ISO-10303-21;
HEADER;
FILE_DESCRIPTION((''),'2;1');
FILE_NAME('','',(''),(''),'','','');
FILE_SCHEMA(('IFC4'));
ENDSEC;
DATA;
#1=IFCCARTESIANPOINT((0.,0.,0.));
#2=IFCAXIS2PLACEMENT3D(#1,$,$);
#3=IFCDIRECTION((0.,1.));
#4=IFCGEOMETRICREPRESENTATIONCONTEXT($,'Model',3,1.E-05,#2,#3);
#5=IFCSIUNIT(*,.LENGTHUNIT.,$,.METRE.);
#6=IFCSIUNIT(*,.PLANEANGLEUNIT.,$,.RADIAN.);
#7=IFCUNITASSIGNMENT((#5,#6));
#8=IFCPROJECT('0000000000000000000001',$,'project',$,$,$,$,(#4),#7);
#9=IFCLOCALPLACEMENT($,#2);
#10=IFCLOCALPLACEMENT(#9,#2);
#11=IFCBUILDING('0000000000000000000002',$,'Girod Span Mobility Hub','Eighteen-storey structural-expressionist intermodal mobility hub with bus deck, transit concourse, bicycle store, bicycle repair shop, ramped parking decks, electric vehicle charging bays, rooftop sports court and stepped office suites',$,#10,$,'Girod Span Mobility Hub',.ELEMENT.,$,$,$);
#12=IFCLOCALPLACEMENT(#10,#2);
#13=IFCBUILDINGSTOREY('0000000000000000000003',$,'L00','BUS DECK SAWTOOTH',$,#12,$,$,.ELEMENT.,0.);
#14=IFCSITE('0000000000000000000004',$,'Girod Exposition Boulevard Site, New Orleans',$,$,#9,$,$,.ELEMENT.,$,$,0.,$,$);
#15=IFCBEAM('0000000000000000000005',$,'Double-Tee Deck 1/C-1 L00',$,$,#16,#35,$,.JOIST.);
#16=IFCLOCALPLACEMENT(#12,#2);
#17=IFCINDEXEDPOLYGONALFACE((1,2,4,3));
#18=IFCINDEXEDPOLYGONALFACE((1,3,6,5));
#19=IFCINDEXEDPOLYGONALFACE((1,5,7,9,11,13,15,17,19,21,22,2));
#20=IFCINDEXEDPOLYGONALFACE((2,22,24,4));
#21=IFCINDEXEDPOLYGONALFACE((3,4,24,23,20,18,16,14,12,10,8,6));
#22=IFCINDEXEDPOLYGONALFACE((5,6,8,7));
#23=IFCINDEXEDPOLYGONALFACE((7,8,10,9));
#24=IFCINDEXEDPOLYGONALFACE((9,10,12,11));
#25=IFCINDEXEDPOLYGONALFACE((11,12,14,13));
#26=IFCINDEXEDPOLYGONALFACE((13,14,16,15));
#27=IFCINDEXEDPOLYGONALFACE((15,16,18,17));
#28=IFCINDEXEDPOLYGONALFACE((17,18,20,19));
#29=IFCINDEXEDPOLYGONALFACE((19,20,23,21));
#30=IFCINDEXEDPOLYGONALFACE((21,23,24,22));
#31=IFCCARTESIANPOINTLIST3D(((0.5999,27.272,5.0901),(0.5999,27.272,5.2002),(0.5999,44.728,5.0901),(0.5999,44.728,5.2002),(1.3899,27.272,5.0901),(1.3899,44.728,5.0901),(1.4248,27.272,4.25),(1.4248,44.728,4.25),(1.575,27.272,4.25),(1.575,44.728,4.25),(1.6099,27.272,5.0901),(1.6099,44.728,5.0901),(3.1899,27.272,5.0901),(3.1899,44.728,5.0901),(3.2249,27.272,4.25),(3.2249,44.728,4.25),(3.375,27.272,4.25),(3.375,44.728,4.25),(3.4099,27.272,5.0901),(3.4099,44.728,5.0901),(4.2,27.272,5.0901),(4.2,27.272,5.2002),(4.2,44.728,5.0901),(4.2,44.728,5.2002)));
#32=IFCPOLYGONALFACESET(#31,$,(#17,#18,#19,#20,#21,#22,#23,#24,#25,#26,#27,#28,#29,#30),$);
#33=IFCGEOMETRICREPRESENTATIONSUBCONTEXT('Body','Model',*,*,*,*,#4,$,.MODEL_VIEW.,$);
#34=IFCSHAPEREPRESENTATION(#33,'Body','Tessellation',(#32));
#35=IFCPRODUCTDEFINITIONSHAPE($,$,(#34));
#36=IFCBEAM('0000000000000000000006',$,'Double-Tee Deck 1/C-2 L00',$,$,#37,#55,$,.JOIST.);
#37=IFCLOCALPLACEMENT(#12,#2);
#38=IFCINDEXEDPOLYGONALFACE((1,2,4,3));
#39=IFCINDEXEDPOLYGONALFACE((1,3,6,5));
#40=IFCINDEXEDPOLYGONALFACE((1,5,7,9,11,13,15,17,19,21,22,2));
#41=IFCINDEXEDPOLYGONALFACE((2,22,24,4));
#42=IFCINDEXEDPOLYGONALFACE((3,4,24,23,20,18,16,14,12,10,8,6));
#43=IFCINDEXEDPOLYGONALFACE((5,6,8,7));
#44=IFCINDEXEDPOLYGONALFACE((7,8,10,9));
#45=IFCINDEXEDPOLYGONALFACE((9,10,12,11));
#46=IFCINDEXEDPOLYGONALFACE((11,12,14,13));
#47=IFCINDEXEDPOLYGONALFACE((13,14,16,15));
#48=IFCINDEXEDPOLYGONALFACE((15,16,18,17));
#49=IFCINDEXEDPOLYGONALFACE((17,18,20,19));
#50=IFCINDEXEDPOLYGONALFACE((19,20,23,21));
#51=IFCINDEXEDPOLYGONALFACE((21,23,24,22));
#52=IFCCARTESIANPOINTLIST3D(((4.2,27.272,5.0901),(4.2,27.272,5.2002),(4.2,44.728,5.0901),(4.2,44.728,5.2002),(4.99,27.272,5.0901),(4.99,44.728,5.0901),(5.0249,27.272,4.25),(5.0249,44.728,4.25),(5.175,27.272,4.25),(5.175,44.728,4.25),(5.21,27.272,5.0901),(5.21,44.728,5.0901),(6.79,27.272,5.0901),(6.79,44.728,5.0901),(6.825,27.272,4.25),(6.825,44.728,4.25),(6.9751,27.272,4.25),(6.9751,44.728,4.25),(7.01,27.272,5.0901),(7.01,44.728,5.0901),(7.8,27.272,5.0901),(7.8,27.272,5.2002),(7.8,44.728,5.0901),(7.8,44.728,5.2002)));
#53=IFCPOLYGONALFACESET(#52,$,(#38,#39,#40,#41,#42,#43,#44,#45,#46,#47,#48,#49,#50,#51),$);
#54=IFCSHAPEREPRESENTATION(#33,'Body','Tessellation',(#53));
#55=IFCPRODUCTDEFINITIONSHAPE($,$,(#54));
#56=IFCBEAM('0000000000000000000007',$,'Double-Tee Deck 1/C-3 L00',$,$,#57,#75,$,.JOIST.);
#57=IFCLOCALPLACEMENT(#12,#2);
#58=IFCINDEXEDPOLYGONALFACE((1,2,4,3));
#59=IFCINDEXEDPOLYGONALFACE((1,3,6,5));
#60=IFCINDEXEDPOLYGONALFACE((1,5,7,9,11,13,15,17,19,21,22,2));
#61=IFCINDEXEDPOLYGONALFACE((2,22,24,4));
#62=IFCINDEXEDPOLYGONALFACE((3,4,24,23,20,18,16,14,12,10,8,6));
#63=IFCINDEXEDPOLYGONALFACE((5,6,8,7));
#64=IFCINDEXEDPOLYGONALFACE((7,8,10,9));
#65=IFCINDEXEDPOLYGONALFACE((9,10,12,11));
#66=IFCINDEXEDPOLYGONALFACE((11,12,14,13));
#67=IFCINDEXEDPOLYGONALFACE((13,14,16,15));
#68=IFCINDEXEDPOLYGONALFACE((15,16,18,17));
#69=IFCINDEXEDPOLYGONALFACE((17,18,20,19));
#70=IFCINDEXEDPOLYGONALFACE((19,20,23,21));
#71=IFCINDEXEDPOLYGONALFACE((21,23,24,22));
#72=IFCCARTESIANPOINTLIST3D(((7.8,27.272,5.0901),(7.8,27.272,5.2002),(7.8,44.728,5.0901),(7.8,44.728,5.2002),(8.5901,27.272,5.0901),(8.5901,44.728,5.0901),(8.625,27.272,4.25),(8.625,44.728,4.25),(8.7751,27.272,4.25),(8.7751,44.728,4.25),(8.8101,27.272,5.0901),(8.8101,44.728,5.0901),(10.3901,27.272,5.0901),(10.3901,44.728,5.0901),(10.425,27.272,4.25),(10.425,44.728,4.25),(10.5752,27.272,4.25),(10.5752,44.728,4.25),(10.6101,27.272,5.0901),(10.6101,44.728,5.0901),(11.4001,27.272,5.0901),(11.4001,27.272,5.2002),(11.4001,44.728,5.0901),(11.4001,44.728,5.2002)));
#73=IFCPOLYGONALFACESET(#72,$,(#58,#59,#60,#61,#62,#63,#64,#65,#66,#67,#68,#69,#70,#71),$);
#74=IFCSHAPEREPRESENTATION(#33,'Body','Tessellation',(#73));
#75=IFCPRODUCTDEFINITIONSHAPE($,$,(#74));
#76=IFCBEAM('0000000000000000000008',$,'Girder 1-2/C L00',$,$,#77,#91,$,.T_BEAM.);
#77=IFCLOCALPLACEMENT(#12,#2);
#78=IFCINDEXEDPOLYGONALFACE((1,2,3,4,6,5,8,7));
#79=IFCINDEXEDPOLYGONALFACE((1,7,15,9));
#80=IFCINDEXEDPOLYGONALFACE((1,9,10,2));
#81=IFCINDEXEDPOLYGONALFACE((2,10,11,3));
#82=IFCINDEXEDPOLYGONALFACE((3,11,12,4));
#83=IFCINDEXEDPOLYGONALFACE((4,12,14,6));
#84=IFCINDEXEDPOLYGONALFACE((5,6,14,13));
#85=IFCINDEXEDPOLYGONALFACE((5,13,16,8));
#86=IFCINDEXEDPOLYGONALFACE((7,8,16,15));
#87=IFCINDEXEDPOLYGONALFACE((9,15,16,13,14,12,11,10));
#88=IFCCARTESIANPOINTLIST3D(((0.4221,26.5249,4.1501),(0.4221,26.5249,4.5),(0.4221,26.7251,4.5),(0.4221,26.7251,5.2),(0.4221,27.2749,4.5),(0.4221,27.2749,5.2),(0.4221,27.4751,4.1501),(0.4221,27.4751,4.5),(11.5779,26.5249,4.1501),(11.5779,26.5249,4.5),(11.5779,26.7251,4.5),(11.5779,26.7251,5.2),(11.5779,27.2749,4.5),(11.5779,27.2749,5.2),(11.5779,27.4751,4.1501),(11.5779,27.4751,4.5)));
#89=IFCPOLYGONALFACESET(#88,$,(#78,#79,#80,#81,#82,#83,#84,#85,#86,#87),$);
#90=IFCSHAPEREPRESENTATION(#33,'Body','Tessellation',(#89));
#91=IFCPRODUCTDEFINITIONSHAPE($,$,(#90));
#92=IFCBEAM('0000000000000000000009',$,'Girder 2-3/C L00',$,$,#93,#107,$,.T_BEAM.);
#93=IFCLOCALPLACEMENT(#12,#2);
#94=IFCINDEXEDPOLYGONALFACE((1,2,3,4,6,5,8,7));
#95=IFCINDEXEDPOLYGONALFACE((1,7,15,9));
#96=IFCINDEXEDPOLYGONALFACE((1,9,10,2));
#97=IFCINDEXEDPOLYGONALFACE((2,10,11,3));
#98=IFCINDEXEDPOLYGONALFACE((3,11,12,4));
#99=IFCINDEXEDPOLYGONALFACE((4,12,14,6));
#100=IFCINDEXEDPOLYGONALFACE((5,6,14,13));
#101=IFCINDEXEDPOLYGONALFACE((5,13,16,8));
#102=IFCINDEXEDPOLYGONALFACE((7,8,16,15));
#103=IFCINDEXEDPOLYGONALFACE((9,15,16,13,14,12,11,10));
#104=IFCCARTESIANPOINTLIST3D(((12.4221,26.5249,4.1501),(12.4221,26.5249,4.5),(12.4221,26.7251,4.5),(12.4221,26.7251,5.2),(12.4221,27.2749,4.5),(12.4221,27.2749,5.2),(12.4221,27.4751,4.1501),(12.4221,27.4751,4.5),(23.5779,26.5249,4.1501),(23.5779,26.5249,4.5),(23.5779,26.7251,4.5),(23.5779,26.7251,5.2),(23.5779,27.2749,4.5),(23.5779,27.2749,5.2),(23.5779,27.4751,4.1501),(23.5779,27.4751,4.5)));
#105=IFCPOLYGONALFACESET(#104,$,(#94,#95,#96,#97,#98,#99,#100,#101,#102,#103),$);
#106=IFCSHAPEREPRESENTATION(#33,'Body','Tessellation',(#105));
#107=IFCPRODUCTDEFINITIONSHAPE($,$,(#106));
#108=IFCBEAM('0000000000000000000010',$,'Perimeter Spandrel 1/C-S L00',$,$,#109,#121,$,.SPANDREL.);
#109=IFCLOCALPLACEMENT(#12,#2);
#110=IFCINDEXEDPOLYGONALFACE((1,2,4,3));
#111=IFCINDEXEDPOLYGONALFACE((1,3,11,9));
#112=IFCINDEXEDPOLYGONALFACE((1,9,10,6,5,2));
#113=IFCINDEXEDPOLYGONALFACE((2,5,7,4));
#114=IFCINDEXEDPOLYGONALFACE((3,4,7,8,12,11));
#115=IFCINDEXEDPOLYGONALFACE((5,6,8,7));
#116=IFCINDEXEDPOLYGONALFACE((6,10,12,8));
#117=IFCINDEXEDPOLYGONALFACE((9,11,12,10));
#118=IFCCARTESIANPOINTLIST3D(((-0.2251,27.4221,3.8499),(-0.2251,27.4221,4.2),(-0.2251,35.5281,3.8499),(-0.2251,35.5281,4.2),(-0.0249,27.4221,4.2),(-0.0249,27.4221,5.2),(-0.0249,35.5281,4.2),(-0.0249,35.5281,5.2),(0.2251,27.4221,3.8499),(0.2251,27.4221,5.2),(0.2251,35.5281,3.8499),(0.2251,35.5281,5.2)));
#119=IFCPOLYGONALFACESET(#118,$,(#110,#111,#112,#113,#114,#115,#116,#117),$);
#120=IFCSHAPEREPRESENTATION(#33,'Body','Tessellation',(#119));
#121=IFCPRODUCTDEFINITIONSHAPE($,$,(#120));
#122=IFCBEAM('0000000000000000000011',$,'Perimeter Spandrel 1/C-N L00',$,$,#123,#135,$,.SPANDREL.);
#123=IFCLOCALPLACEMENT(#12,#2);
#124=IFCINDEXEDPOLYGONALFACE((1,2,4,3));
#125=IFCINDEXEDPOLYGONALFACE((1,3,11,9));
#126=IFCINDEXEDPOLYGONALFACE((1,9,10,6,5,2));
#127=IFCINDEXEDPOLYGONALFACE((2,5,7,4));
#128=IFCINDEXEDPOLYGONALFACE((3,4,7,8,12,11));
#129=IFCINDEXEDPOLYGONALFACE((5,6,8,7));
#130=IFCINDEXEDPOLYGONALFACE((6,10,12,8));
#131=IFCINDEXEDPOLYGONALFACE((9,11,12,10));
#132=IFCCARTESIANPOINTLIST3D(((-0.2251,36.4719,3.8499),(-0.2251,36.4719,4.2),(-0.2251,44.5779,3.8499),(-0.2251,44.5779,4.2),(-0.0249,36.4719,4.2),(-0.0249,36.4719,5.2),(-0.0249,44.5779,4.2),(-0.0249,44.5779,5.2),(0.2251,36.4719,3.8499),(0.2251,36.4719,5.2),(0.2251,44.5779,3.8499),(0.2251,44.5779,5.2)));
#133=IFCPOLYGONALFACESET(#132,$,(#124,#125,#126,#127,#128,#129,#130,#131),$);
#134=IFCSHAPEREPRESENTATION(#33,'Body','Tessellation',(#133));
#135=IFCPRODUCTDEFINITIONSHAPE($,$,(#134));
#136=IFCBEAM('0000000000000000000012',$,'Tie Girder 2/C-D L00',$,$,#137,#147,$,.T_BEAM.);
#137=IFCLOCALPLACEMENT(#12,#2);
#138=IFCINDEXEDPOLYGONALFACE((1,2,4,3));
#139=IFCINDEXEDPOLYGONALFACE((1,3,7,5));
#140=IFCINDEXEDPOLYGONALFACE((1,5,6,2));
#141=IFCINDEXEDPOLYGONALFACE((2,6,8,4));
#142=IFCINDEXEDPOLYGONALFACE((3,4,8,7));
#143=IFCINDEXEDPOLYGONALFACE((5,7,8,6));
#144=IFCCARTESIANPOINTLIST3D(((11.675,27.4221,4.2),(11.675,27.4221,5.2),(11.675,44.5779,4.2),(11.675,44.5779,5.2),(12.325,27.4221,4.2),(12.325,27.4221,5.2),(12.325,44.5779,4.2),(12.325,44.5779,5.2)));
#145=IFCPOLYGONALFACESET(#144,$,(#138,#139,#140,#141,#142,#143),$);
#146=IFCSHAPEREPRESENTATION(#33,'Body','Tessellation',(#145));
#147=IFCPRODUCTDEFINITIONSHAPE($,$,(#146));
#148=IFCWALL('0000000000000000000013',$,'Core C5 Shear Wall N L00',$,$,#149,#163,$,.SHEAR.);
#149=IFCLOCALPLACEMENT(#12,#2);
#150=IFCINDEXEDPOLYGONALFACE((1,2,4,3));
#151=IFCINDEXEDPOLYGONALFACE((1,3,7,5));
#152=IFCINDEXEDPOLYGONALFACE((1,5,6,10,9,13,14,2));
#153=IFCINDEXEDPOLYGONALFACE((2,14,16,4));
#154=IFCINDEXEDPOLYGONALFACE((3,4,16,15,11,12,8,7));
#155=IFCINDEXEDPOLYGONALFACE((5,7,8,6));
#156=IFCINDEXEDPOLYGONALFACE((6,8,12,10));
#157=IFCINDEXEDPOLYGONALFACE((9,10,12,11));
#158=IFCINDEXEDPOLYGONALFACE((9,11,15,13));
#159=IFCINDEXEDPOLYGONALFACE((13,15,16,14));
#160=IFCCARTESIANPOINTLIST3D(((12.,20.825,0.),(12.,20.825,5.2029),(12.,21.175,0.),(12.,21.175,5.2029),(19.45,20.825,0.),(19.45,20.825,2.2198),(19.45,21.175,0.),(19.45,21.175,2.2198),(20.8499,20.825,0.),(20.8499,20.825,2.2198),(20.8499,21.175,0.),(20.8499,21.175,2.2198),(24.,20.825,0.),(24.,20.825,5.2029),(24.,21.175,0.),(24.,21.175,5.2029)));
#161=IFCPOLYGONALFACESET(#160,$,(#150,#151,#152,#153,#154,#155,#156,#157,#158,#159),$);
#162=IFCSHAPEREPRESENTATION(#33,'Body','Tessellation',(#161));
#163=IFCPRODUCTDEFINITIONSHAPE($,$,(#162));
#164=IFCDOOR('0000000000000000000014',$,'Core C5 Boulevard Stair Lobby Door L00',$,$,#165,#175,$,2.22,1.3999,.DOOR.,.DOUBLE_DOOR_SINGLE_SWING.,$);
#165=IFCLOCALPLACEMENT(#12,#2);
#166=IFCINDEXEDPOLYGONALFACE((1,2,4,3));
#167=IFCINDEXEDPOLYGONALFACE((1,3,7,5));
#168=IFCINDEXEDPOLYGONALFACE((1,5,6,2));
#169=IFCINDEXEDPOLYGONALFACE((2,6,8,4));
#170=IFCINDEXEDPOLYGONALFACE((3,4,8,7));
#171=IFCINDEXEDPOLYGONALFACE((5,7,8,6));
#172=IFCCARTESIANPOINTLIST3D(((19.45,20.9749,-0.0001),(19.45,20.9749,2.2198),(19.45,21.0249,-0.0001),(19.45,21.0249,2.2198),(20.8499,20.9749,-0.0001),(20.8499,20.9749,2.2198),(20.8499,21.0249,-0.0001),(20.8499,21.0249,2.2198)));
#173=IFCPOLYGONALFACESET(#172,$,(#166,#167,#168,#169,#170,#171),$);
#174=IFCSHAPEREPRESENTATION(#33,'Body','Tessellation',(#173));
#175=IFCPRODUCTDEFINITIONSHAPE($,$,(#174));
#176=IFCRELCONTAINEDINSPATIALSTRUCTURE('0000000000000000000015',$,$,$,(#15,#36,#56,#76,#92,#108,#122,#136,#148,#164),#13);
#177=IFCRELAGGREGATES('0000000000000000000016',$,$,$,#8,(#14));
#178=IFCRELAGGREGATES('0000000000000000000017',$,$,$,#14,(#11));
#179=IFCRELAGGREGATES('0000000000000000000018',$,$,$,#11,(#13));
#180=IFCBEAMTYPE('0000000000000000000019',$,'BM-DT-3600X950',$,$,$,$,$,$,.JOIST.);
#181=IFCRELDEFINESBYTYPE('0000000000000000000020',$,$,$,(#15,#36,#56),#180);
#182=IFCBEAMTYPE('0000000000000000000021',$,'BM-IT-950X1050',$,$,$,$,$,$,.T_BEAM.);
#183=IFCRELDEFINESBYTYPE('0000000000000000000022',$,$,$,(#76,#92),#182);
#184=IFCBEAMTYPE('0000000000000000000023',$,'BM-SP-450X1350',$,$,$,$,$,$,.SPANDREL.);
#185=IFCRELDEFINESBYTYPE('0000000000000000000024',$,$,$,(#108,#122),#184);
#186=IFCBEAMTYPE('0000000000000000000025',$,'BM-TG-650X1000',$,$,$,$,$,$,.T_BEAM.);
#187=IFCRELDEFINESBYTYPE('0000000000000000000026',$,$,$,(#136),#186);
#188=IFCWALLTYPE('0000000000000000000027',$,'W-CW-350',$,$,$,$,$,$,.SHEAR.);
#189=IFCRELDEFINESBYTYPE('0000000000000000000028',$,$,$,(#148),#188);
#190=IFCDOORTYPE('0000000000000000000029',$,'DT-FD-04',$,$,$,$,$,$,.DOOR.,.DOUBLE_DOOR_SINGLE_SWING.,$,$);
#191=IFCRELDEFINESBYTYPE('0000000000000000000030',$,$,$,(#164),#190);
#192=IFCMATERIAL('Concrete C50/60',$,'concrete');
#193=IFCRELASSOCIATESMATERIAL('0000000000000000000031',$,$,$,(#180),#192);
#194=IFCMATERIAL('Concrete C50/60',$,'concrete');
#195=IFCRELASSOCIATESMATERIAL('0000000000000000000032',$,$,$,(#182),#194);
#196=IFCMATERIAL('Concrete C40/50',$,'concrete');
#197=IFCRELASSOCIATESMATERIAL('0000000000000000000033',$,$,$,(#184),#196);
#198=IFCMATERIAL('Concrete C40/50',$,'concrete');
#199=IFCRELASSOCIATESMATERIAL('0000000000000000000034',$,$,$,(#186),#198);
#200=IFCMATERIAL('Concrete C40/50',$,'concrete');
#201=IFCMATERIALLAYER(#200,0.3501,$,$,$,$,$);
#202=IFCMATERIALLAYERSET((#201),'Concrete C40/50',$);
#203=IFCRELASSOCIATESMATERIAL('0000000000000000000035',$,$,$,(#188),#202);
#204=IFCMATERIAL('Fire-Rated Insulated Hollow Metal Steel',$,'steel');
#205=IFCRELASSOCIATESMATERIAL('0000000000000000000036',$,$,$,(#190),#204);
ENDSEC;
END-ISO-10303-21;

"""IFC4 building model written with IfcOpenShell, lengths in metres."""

from ifc_helpers import new_model, si_unit, direction, frame, frame_2d, origin, origin_2d, place, context, subcontext, project, spatial, polyline, rectangle, outline, extrude, material, layer, layer_set, material_profile, profile_set, type_object, element, fill, save


model = new_model("IFC4")

# Units and contexts
model_context = context("Model", 3, precision=1e-05, world=origin(), true_north=direction((0.0, 1.0)))
body_context = subcontext(model_context, "Body", "Model", "MODEL_VIEW")
ifc_project = project(units=[si_unit("LENGTHUNIT", "METRE"), si_unit("PLANEANGLEUNIT", "RADIAN")], contexts=[model_context])

# Site, building, storey
site_placement = place(None, origin())
site = spatial("IfcSite", under=ifc_project, at=site_placement, Name="Girod Exposition Boulevard Site, New Orleans", CompositionType="ELEMENT", RefElevation=0.0)
building_placement = place(site_placement, origin())
building = spatial("IfcBuilding", under=site, at=building_placement, Name="Girod Span Mobility Hub", Description="Eighteen-storey structural-expressionist intermodal mobility hub with bus deck, transit concourse, bicycle store, bicycle repair shop, ramped parking decks, electric vehicle charging bays, rooftop sports court and stepped office suites", LongName="Girod Span Mobility Hub", CompositionType="ELEMENT")
storey_placement = place(building_placement, origin())
storey = spatial("IfcBuildingStorey", under=building, at=storey_placement, Name="L00", Description="BUS DECK SAWTOOTH", CompositionType="ELEMENT", Elevation=0.0)

# Beams
ifc_material_1 = material(Name="Concrete C50/60", Category="concrete")
ifc_material_profile_1 = material_profile(ifc_material_1, outline(polyline([(-1.8, 0.4751), (-1.8, 0.365), (-1.01, 0.365), (-0.9751, -0.4751), (-0.825, -0.4751), (-0.79, 0.365), (0.79, 0.365), (0.825, -0.4751), (0.9751, -0.4751), (1.01, 0.365), (1.8, 0.365), (1.8, 0.4751), (-1.8, 0.4751)])), Name="DT-3600X950")
ifc_profile_set_1 = profile_set([ifc_material_profile_1], Name="Concrete C50/60")
beam_type_1 = type_object("IfcBeamType", Name="BM-DT-3600X950", PredefinedType="JOIST", material=ifc_profile_set_1)
for number, where, z_axis, x_axis, name in (
    (1, (2.3999, 27.272, 4.7251), (0.0, 1.0, 0.0), (-1.0, 0.0, 0.0), "Double-Tee Deck 1/C-1 L00"),
    (2, (6.0, 27.272, 4.7251), (0.0, 1.0, 0.0), (-1.0, 0.0, 0.0), "Double-Tee Deck 1/C-2 L00"),
    (3, (9.6001, 27.272, 4.7251), (0.0, 1.0, 0.0), (-1.0, 0.0, 0.0), "Double-Tee Deck 1/C-3 L00"),
):
    element("IfcBeam", number, at=place(storey_placement, frame(where, z_axis=z_axis, x_axis=x_axis)), inside=storey, type_object=beam_type_1, Name=name, PredefinedType="JOIST", context=body_context, shape_type="SweptSolid", body=[
        extrude(outline(polyline([(-1.8, 0.4751), (-1.8, 0.365), (-1.01, 0.365), (-0.9751, -0.4751), (-0.825, -0.4751), (-0.79, 0.365), (0.79, 0.365), (0.825, -0.4751), (0.9751, -0.4751), (1.01, 0.365), (1.8, 0.365), (1.8, 0.4751), (-1.8, 0.4751)])), origin(), (0.0, 0.0, 1.0), 17.4561),
    ])
ifc_material_2 = material(Name="Concrete C50/60", Category="concrete")
ifc_material_profile_2 = material_profile(ifc_material_2, outline(polyline([(-0.4751, -0.5249), (0.4751, -0.5249), (0.4751, -0.175), (0.2749, -0.175), (0.2749, 0.5249), (-0.2749, 0.5249), (-0.2749, -0.175), (-0.4751, -0.175), (-0.4751, -0.5249)])), Name="IT-950X1050")
ifc_profile_set_2 = profile_set([ifc_material_profile_2], Name="Concrete C50/60")
beam_type_2 = type_object("IfcBeamType", Name="BM-IT-950X1050", PredefinedType="T_BEAM", material=ifc_profile_set_2)
for number, where, z_axis, x_axis, name in (
    (4, (0.4221, 27.0, 4.675), (1.0, 0.0, 0.0), (0.0, 1.0, 0.0), "Girder 1-2/C L00"),
    (5, (12.4221, 27.0, 4.675), (1.0, 0.0, 0.0), (0.0, 1.0, 0.0), "Girder 2-3/C L00"),
):
    element("IfcBeam", number, at=place(storey_placement, frame(where, z_axis=z_axis, x_axis=x_axis)), inside=storey, type_object=beam_type_2, Name=name, PredefinedType="T_BEAM", context=body_context, shape_type="SweptSolid", body=[
        extrude(outline(polyline([(-0.4751, -0.5249), (0.4751, -0.5249), (0.4751, -0.175), (0.2749, -0.175), (0.2749, 0.5249), (-0.2749, 0.5249), (-0.2749, -0.175), (-0.4751, -0.175), (-0.4751, -0.5249)])), origin(), (0.0, 0.0, 1.0), 11.1558),
    ])
ifc_material_3 = material(Name="Concrete C40/50", Category="concrete")
ifc_material_profile_3 = material_profile(ifc_material_3, outline(polyline([(-0.2251, -0.675), (0.2251, -0.675), (0.2251, -0.325), (0.0249, -0.325), (0.0249, 0.675), (-0.2251, 0.675), (-0.2251, -0.675)])), Name="SP-450X1350")
ifc_profile_set_3 = profile_set([ifc_material_profile_3], Name="Concrete C40/50")
beam_type_3 = type_object("IfcBeamType", Name="BM-SP-450X1350", PredefinedType="SPANDREL", material=ifc_profile_set_3)
for number, where, z_axis, x_axis, name in (
    (6, (0.0, 27.4221, 4.5249), (0.0, 1.0, 0.0), (-1.0, 0.0, 0.0), "Perimeter Spandrel 1/C-S L00"),
    (7, (0.0, 36.4719, 4.5249), (0.0, 1.0, 0.0), (-1.0, 0.0, 0.0), "Perimeter Spandrel 1/C-N L00"),
):
    element("IfcBeam", number, at=place(storey_placement, frame(where, z_axis=z_axis, x_axis=x_axis)), inside=storey, type_object=beam_type_3, Name=name, PredefinedType="SPANDREL", context=body_context, shape_type="SweptSolid", body=[
        extrude(outline(polyline([(-0.2251, -0.675), (0.2251, -0.675), (0.2251, -0.325), (0.0249, -0.325), (0.0249, 0.675), (-0.2251, 0.675), (-0.2251, -0.675)])), origin(), (0.0, 0.0, 1.0), 8.106),
    ])
ifc_material_4 = material(Name="Concrete C40/50", Category="concrete")
ifc_material_profile_4 = material_profile(ifc_material_4, rectangle(XDim=0.6499, YDim=1.0, at=origin_2d()), Name="TG-650X1000")
ifc_profile_set_4 = profile_set([ifc_material_profile_4], Name="Concrete C40/50")
beam_type_4 = type_object("IfcBeamType", Name="BM-TG-650X1000", PredefinedType="T_BEAM", material=ifc_profile_set_4)
beam_placement = place(storey_placement, frame((12.0, 27.4221, 4.7), z_axis=(0.0, 1.0, 0.0), x_axis=(-1.0, 0.0, 0.0)))
element("IfcBeam", 8, at=beam_placement, inside=storey, type_object=beam_type_4, Name="Tie Girder 2/C-D L00", PredefinedType="T_BEAM", context=body_context, shape_type="SweptSolid", body=[
    extrude(rectangle(XDim=0.6499, YDim=1.0, at=origin_2d()), origin(), (0.0, 0.0, 1.0), 17.1558),
])

# Wall, opening, door
ifc_material_5 = material(Name="Concrete C40/50", Category="concrete")
ifc_layer_1 = layer(ifc_material_5, 0.3501)
ifc_layer_set_1 = layer_set([ifc_layer_1], Name="Concrete C40/50")
wall_type_1 = type_object("IfcWallType", Name="W-CW-350", PredefinedType="SHEAR", material=ifc_layer_set_1)
wall_1_placement = place(storey_placement, frame((12.0, 21.0, 0.0), z_axis=(0.0, 0.0, 1.0), x_axis=(1.0, 0.0, 0.0)))
wall_1 = element("IfcWall", 9, at=wall_1_placement, inside=storey, type_object=wall_type_1, Name="Core C5 Shear Wall N L00", PredefinedType="SHEAR", context=body_context, shape_type="SweptSolid", body=[
    extrude(rectangle(XDim=12.0, YDim=0.3501, at=frame_2d((6.0, 0.0))), origin(), (0.0, 0.0, 1.0), 5.2029),
])
opening_1_placement = place(wall_1_placement, frame((7.45, 0.0, 0.0)))
opening_1 = element("IfcOpeningElement", 10, at=opening_1_placement, cuts=wall_1, PredefinedType="OPENING", context=body_context, shape_type="SweptSolid", body=[
    extrude(rectangle(XDim=1.3999, YDim=2.22, at=frame_2d((0.7, 1.1099))), frame((0.0, 0.1899, 0.0), z_axis=(0.0, -1.0, 0.0), x_axis=(1.0, 0.0, 0.0)), (0.0, 0.0, 1.0), 0.3801),
])
ifc_material_6 = material(Name="Fire-Rated Insulated Hollow Metal Steel", Category="steel")
door_type = type_object("IfcDoorType", Name="DT-FD-04", OperationType="DOUBLE_DOOR_SINGLE_SWING", PredefinedType="DOOR", material=ifc_material_6)
door_placement = place(opening_1_placement, origin())
door = element("IfcDoor", 11, at=door_placement, inside=storey, type_object=door_type, Name="Core C5 Boulevard Stair Lobby Door L00", OperationType="DOUBLE_DOOR_SINGLE_SWING", OverallHeight=2.22, OverallWidth=1.3999, PredefinedType="DOOR", context=body_context, shape_type="SweptSolid", body=[
    extrude(rectangle(XDim=1.3999, YDim=2.22, at=frame_2d((0.7, 1.1099))), frame((0.0, 0.0249, 0.0), z_axis=(0.0, -1.0, 0.0), x_axis=(1.0, 0.0, 0.0)), (0.0, 0.0, 1.0), 0.05),
])
fill(opening_1, door)

save(model, "model.ifc")
